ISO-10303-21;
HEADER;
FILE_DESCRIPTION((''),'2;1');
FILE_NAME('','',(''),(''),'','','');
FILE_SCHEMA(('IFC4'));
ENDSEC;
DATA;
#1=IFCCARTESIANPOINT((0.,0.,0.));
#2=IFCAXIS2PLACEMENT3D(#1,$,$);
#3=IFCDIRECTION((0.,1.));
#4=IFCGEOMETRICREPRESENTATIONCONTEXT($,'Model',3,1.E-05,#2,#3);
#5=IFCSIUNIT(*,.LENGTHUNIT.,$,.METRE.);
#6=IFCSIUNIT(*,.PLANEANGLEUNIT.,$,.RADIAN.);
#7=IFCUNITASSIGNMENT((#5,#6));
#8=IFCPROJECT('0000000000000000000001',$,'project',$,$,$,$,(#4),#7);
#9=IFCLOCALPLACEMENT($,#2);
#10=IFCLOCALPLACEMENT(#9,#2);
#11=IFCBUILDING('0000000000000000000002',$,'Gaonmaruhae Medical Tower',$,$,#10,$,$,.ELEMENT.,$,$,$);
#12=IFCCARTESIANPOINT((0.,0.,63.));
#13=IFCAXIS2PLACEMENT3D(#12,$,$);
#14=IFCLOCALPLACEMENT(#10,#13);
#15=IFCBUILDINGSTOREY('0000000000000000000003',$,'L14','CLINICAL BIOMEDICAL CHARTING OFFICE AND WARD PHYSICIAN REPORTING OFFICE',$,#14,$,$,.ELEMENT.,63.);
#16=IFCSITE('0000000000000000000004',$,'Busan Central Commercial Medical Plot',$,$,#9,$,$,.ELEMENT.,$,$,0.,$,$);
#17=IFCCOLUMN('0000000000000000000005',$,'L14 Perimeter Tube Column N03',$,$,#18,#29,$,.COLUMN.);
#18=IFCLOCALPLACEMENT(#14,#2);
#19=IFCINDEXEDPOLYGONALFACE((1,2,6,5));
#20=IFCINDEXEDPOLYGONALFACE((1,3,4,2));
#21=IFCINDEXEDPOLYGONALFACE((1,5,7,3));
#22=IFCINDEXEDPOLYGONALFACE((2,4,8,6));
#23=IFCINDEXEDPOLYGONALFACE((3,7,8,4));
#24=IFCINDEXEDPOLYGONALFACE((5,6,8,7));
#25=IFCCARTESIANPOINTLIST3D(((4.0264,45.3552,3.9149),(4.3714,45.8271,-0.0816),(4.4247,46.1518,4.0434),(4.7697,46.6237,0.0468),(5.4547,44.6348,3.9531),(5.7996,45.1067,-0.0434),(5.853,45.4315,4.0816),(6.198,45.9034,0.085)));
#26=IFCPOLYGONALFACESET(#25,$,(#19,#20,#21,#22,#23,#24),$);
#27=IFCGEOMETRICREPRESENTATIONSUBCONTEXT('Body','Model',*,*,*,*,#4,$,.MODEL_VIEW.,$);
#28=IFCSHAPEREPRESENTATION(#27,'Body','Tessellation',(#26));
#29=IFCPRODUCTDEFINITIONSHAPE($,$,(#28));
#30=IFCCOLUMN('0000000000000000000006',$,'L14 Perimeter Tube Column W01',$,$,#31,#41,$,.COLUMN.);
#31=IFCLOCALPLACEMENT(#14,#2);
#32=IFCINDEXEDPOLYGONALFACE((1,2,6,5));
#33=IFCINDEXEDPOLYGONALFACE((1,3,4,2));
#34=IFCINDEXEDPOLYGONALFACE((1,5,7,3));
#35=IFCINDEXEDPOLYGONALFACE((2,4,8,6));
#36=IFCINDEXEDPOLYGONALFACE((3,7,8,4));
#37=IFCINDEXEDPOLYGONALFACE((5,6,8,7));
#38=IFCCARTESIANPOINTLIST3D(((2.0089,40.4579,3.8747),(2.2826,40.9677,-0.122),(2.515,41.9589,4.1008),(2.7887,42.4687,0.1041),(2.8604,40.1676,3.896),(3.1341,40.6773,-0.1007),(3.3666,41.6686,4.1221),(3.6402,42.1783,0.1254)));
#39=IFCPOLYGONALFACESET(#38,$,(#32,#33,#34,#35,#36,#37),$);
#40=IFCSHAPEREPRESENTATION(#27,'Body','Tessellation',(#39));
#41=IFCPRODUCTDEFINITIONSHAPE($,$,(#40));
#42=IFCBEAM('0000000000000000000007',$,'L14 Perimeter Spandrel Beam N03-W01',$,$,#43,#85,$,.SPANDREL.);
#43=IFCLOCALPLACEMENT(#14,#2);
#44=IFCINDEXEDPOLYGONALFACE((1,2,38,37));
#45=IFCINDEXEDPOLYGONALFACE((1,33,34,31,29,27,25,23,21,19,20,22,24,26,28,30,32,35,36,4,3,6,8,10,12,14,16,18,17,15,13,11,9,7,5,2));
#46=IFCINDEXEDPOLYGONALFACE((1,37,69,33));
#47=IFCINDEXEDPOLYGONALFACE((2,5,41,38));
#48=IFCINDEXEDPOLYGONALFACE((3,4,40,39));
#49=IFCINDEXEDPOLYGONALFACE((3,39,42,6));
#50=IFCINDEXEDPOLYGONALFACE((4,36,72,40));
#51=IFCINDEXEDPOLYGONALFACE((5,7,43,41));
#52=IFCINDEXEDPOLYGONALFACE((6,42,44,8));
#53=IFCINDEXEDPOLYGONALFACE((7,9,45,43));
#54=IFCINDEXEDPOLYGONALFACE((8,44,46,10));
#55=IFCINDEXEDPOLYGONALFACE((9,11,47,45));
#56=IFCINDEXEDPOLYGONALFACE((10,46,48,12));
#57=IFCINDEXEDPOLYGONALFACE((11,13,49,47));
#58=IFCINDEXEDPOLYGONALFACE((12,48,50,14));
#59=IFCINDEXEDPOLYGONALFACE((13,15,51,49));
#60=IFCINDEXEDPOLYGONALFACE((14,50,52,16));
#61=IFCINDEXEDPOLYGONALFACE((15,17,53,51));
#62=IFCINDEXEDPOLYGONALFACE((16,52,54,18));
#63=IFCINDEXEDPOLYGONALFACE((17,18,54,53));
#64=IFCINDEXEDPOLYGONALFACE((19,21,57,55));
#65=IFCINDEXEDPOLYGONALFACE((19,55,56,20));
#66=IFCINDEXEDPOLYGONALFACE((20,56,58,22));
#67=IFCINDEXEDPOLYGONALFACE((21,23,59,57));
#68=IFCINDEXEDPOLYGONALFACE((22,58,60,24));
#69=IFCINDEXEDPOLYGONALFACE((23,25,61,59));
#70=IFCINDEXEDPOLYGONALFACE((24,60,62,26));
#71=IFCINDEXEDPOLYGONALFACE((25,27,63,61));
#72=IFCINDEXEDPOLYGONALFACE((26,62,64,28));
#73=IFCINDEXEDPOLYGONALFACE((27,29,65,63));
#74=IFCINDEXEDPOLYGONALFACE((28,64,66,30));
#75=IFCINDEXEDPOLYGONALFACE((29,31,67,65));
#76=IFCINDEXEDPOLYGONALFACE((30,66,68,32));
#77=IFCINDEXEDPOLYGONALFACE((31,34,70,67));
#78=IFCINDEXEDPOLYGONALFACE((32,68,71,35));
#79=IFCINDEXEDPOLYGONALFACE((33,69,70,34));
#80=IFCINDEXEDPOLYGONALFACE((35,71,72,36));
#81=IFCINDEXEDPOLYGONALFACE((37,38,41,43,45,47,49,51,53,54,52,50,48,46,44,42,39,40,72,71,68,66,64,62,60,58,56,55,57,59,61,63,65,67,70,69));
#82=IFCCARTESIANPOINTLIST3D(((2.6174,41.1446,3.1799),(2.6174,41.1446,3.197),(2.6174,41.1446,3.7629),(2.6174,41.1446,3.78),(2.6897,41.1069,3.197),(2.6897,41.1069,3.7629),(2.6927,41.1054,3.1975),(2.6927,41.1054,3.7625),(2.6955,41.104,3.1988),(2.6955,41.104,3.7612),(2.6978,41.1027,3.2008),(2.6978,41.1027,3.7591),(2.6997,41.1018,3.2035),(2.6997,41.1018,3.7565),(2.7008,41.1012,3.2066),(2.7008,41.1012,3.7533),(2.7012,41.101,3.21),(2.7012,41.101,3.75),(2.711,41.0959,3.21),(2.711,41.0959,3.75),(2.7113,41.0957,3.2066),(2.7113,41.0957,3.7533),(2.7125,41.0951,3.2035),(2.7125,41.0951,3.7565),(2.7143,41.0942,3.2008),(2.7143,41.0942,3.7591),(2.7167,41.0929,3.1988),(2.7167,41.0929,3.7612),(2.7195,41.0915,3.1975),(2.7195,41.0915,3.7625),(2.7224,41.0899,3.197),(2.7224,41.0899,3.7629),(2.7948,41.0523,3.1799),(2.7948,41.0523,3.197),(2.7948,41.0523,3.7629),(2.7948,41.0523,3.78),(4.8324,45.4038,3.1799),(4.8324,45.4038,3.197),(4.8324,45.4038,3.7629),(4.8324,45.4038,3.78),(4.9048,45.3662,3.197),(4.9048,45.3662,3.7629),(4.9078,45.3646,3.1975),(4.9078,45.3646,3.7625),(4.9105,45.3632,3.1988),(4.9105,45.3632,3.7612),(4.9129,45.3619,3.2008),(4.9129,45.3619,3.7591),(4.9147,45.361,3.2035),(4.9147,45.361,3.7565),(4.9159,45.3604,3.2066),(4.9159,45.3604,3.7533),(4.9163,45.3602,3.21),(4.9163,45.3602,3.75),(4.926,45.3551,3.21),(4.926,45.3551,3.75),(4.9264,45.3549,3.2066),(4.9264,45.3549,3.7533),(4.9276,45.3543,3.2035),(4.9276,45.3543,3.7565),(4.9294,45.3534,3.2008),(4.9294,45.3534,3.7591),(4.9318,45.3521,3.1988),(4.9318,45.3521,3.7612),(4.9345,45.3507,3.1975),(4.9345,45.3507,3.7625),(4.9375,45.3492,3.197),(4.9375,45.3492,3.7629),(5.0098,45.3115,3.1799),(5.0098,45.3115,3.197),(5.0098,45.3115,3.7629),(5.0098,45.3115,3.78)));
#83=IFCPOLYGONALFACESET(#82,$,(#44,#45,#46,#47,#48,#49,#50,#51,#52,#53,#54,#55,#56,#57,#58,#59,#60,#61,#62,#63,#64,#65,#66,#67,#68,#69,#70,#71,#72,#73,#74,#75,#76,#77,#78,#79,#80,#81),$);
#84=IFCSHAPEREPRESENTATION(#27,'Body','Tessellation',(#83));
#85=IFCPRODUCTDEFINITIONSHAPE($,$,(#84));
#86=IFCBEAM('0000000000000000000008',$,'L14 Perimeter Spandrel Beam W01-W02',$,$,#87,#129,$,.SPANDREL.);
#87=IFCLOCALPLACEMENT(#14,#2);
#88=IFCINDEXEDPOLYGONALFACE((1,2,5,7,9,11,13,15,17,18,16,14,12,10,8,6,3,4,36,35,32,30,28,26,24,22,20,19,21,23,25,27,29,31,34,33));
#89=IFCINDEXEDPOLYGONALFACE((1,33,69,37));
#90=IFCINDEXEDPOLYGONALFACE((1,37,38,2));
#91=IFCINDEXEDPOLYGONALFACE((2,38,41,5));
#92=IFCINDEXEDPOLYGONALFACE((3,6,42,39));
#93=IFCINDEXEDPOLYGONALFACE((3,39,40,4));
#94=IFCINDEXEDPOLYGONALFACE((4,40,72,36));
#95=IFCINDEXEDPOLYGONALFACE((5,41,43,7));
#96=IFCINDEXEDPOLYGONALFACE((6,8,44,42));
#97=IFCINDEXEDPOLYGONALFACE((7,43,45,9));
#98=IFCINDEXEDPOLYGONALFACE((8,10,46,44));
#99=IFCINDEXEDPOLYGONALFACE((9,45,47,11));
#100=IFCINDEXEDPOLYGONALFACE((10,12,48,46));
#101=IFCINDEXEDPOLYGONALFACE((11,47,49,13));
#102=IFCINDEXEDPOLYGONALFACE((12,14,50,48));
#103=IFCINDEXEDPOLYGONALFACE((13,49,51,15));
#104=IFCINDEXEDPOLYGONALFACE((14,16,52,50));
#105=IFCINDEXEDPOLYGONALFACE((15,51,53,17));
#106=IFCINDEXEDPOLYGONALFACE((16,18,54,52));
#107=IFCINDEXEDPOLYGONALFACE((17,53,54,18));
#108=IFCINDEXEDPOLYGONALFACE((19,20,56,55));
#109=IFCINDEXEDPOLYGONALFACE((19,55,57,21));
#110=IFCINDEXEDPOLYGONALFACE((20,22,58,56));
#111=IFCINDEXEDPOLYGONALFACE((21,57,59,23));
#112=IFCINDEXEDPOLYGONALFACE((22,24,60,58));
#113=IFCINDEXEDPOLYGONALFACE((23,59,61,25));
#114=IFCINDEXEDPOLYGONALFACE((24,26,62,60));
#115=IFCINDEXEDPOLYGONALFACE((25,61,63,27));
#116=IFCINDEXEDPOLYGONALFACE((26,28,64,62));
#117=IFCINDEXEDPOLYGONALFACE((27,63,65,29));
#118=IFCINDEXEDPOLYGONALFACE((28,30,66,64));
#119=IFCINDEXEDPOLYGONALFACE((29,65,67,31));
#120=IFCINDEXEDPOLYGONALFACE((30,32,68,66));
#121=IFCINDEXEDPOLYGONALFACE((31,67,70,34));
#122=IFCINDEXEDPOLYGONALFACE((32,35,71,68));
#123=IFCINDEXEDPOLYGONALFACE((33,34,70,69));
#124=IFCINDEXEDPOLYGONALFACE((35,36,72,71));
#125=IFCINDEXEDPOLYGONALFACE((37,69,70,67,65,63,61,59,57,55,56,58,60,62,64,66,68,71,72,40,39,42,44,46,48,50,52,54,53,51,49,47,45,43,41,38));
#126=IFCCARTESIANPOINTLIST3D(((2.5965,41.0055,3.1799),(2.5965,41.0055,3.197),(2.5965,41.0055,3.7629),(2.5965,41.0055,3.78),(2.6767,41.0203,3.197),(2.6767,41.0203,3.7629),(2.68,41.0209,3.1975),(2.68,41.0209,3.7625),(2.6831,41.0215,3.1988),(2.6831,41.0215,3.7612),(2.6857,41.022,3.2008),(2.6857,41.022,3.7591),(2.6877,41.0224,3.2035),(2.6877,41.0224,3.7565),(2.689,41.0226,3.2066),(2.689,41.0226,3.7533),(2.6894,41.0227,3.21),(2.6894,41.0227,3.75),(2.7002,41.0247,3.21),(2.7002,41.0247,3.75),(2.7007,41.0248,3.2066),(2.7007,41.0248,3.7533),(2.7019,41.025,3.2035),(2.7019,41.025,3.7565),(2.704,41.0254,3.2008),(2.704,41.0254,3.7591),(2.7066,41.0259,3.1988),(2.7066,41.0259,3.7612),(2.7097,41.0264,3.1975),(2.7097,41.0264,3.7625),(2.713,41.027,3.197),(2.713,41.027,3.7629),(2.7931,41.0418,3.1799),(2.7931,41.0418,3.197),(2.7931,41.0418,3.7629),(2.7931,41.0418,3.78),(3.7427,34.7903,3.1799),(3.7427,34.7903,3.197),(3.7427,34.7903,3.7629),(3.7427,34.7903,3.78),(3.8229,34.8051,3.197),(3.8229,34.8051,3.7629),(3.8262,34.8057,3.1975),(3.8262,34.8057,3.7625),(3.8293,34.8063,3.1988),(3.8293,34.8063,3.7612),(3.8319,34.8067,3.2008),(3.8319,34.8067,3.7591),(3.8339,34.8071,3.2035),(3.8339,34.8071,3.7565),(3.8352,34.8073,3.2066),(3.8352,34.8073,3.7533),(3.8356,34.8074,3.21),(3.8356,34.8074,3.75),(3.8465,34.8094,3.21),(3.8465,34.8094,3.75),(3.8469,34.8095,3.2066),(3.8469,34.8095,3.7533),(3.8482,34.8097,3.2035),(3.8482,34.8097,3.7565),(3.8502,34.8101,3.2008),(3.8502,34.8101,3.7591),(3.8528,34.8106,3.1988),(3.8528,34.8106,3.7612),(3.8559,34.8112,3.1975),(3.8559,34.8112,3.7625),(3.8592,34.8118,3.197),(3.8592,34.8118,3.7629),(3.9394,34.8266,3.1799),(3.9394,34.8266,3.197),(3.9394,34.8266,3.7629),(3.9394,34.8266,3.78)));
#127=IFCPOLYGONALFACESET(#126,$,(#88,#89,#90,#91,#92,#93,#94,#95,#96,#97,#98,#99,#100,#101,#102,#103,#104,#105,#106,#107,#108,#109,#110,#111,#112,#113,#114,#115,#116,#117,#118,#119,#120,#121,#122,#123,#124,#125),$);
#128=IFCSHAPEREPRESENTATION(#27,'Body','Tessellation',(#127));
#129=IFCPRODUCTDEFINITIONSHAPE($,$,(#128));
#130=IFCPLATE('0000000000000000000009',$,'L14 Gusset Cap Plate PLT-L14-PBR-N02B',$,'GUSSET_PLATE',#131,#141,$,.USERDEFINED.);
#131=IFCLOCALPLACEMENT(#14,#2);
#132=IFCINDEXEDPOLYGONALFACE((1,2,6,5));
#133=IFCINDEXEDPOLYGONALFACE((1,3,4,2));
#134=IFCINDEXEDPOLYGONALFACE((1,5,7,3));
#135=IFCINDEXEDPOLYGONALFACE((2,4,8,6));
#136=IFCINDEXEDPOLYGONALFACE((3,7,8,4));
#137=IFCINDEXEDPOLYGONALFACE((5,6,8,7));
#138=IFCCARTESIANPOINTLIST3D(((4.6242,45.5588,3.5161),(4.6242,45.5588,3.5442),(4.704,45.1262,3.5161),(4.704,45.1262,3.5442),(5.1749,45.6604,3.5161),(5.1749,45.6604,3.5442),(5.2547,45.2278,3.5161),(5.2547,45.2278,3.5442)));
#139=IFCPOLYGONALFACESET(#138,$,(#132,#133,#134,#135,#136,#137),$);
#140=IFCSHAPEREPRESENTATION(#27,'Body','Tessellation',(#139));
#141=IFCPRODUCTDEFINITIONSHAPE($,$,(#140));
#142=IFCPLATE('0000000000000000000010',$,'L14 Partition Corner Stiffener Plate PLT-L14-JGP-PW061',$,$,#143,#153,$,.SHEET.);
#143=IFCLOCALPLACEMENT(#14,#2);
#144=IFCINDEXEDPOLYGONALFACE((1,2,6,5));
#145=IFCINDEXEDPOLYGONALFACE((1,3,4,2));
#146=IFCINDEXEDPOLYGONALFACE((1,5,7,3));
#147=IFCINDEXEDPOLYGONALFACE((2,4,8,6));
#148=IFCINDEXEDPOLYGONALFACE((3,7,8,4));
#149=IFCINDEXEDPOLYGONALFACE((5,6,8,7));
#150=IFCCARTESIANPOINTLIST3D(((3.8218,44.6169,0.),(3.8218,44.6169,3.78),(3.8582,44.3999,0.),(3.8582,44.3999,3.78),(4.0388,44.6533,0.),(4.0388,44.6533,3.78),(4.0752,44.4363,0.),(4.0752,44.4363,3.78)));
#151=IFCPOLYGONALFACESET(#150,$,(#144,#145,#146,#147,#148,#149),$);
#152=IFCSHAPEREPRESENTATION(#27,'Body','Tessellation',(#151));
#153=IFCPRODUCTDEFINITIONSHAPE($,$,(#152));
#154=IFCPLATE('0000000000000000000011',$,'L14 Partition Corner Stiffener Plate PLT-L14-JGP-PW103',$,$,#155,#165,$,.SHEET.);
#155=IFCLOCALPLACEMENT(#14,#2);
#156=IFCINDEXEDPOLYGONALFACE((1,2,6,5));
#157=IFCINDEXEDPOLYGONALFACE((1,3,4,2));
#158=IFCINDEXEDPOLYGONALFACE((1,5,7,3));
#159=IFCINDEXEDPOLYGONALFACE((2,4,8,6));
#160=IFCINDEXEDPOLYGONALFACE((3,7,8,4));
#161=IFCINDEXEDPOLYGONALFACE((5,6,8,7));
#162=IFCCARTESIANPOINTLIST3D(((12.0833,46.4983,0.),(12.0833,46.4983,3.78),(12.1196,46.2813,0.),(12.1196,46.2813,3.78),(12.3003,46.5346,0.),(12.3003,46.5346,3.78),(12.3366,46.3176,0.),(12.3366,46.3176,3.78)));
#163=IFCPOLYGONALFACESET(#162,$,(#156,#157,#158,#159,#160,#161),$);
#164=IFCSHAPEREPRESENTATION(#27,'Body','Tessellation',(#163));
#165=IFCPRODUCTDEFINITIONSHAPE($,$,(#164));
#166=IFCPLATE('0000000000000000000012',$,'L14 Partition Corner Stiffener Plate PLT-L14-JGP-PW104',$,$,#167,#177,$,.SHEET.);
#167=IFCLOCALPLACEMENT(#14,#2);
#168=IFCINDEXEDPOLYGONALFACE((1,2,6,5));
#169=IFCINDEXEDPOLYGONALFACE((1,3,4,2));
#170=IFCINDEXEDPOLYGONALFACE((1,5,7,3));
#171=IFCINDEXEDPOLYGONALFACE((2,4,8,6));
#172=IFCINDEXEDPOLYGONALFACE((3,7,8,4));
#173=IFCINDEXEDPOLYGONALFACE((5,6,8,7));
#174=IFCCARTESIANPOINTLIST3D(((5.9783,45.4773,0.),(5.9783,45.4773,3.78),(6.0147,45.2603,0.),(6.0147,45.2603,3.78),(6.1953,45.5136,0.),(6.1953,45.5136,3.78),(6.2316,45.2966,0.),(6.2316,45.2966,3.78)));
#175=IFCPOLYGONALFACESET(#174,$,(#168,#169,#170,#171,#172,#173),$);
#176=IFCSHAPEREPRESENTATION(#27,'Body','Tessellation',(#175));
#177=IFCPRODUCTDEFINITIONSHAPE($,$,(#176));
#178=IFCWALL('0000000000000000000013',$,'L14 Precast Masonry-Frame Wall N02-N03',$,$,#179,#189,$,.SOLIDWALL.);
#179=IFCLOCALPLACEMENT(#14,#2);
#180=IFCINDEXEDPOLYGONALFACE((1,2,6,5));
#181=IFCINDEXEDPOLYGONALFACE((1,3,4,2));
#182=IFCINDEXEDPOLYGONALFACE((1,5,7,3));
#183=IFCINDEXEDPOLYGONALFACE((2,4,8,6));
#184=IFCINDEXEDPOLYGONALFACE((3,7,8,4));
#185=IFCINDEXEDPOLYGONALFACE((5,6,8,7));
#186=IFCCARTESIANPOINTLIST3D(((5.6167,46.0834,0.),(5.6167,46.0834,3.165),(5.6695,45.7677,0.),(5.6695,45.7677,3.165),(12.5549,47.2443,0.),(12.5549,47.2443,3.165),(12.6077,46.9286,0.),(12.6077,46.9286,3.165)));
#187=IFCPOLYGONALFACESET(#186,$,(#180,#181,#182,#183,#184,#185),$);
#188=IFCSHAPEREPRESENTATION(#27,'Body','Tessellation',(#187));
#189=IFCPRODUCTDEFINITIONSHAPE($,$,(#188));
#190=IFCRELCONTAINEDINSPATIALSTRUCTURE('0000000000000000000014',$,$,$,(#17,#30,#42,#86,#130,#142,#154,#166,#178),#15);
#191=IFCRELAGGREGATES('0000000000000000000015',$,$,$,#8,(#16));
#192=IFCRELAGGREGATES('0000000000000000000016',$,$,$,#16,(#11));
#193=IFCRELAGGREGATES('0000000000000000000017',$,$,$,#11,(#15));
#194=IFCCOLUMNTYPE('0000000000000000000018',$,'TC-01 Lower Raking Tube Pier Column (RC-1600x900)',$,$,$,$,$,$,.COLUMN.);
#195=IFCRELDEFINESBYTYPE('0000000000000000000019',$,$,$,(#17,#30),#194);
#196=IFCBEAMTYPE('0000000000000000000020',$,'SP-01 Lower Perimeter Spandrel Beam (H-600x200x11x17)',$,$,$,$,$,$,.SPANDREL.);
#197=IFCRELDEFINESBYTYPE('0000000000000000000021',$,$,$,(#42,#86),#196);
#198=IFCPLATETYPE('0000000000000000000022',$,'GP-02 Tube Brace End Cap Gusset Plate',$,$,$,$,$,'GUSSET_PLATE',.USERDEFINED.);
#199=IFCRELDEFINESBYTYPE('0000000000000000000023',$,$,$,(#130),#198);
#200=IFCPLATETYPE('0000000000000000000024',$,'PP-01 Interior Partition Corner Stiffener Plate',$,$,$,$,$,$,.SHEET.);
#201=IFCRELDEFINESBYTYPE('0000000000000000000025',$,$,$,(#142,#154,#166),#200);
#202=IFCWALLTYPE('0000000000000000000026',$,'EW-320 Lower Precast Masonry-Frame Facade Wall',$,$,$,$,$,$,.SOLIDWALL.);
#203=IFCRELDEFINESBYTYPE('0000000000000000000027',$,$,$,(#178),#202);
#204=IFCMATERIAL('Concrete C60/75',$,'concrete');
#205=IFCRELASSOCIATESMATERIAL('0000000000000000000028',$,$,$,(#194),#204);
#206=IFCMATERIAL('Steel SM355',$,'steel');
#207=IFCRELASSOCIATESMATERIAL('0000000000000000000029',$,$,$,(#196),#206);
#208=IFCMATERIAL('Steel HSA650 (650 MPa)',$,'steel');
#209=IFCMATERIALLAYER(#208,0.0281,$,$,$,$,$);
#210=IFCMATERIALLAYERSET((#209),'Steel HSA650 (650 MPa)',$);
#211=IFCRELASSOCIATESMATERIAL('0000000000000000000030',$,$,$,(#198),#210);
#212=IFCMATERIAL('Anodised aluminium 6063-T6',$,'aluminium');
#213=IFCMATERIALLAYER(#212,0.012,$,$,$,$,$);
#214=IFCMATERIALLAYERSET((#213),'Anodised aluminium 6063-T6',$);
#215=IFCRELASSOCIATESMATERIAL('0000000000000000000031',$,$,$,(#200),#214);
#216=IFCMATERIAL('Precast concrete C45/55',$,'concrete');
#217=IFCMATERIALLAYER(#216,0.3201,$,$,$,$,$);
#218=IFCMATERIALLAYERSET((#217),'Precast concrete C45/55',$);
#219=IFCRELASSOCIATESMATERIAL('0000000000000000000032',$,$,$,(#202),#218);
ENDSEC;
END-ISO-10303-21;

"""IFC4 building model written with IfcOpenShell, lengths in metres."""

from ifc_helpers import new_model, si_unit, direction, frame, frame_2d, origin, origin_2d, place, context, subcontext, project, spatial, rectangle, i_section, extrude, material, layer, layer_set, material_profile, profile_set, type_object, element, save


model = new_model("IFC4")

# Units and contexts
model_context = context("Model", 3, precision=1e-05, world=origin(), true_north=direction((0.0, 1.0)))
body_context = subcontext(model_context, "Body", "Model", "MODEL_VIEW")
ifc_project = project(units=[si_unit("LENGTHUNIT", "METRE"), si_unit("PLANEANGLEUNIT", "RADIAN")], contexts=[model_context])

# Site, building, storey
site_placement = place(None, origin())
site = spatial("IfcSite", under=ifc_project, at=site_placement, Name="Busan Central Commercial Medical Plot", CompositionType="ELEMENT", RefElevation=0.0)
building_placement = place(site_placement, origin())
building = spatial("IfcBuilding", under=site, at=building_placement, Name="Gaonmaruhae Medical Tower", CompositionType="ELEMENT")
storey_placement = place(building_placement, frame((0.0, 0.0, 63.0)))
storey = spatial("IfcBuildingStorey", under=building, at=storey_placement, Name="L14", Description="CLINICAL BIOMEDICAL CHARTING OFFICE AND WARD PHYSICIAN REPORTING OFFICE", CompositionType="ELEMENT", Elevation=63.0)

# Columns
ifc_material_1 = material(Name="Concrete C60/75", Category="concrete")
ifc_material_profile_1 = material_profile(ifc_material_1, rectangle(XDim=1.6001, YDim=0.8999, at=origin_2d()), Name="RC-1600x900")
ifc_profile_set_1 = profile_set([ifc_material_profile_1], Name="Concrete C60/75")
column_type = type_object("IfcColumnType", Name="TC-01 Lower Raking Tube Pier Column (RC-1600x900)", PredefinedType="COLUMN", material=ifc_profile_set_1)
column_1_placement = place(storey_placement, frame((5.2847, 45.8652, 0.0017), z_axis=(-0.085408, -0.116839, 0.989472), x_axis=(0.89261, -0.450197, 0.023887)))
element("IfcColumn", 1, at=column_1_placement, inside=storey, type_object=column_type, Name="L14 Perimeter Tube Column N03", PredefinedType="COLUMN", context=body_context, shape_type="SweptSolid", body=[
    extrude(rectangle(XDim=1.6001, YDim=0.8999, at=origin_2d()), origin(), (0.0, 0.0, 1.0), 4.0391),
])
column_2_placement = place(storey_placement, frame((2.9614, 41.573, 0.0017), z_axis=(-0.067772, -0.126234, 0.989683), x_axis=(0.316301, 0.938075, 0.141312)))
element("IfcColumn", 2, at=column_2_placement, inside=storey, type_object=column_type, Name="L14 Perimeter Tube Column W01", PredefinedType="COLUMN", context=body_context, shape_type="SweptSolid", body=[
    extrude(rectangle(XDim=1.6001, YDim=0.8999, at=origin_2d()), origin(), (0.0, 0.0, 1.0), 4.0383),
])

# Beams
ifc_material_2 = material(Name="Steel SM355", Category="steel")
ifc_material_profile_2 = material_profile(ifc_material_2, i_section(OverallWidth=0.2, OverallDepth=0.6001, WebThickness=0.011, FlangeThickness=0.0171, FilletRadius=0.0129, at=origin_2d()), Name="H-600x200x11x17")
ifc_profile_set_2 = profile_set([ifc_material_profile_2], Name="Steel SM355")
beam_type = type_object("IfcBeamType", Name="SP-01 Lower Perimeter Spandrel Beam (H-600x200x11x17)", PredefinedType="SPANDREL", material=ifc_profile_set_2)
beam_1_placement = place(storey_placement, frame((4.9211, 45.3577, 3.48), z_axis=(-0.461396, -0.887194, 0.0), x_axis=(0.887194, -0.461396, 0.0)))
element("IfcBeam", 3, at=beam_1_placement, inside=storey, type_object=beam_type, Name="L14 Perimeter Spandrel Beam N03-W01", PredefinedType="SPANDREL", context=body_context, shape_type="SweptSolid", body=[
    extrude(i_section(OverallWidth=0.2, OverallDepth=0.6001, WebThickness=0.011, FlangeThickness=0.0171, FilletRadius=0.0129, at=origin_2d()), origin(), (0.0, 0.0, 1.0), 4.8008),
])
beam_2_placement = place(storey_placement, frame((2.6948, 41.0237, 3.48), z_axis=(0.181363, -0.983416, 0.0), x_axis=(0.983416, 0.181363, 0.0)))
element("IfcBeam", 4, at=beam_2_placement, inside=storey, type_object=beam_type, Name="L14 Perimeter Spandrel Beam W01-W02", PredefinedType="SPANDREL", context=body_context, shape_type="SweptSolid", body=[
    extrude(i_section(OverallWidth=0.2, OverallDepth=0.6001, WebThickness=0.011, FlangeThickness=0.0171, FilletRadius=0.0129, at=origin_2d()), origin(), (0.0, 0.0, 1.0), 6.3201),
])

# Plates
ifc_material_3 = material(Name="Steel HSA650 (650 MPa)", Category="steel")
ifc_layer_1 = layer(ifc_material_3, 0.0281)
ifc_layer_set_1 = layer_set([ifc_layer_1], Name="Steel HSA650 (650 MPa)")
plate_type_1 = type_object("IfcPlateType", Name="GP-02 Tube Brace End Cap Gusset Plate", ElementType="GUSSET_PLATE", PredefinedType="USERDEFINED", material=ifc_layer_set_1)
plate_placement = place(storey_placement, frame((4.9395, 45.3933, 3.5161), z_axis=(0.0, 0.0, 1.0), x_axis=(0.983414, 0.181377, 0.0)))
element("IfcPlate", 5, at=plate_placement, inside=storey, type_object=plate_type_1, Name="L14 Gusset Cap Plate PLT-L14-PBR-N02B", ObjectType="GUSSET_PLATE", PredefinedType="USERDEFINED", context=body_context, shape_type="SweptSolid", body=[
    extrude(rectangle(XDim=0.5601, YDim=0.4399, at=origin_2d()), origin(), (0.0, 0.0, 1.0), 0.0281),
])
ifc_material_4 = material(Name="Anodised aluminium 6063-T6", Category="aluminium")
ifc_layer_2 = layer(ifc_material_4, 0.012)
ifc_layer_set_2 = layer_set([ifc_layer_2], Name="Anodised aluminium 6063-T6")
plate_type_2 = type_object("IfcPlateType", Name="PP-01 Interior Partition Corner Stiffener Plate", PredefinedType="SHEET", material=ifc_layer_set_2)
for number, where, z_axis, x_axis, name in (
    (6, (3.9485, 44.5266, 0.0), (0.0, 0.0, 1.0), (0.986208, 0.165512, 0.0), "L14 Partition Corner Stiffener Plate PLT-L14-JGP-PW061"),
    (7, (12.21, 46.408, 0.0), (0.0, 0.0, 1.0), (0.165082, -0.98628, 0.0), "L14 Partition Corner Stiffener Plate PLT-L14-JGP-PW103"),
    (8, (6.105, 45.387, 0.0), (0.0, 0.0, 1.0), (-0.165082, 0.98628, 0.0), "L14 Partition Corner Stiffener Plate PLT-L14-JGP-PW104"),
):
    element("IfcPlate", number, at=place(storey_placement, frame(where, z_axis=z_axis, x_axis=x_axis)), inside=storey, type_object=plate_type_2, Name=name, PredefinedType="SHEET", context=body_context, shape_type="SweptSolid", body=[
        extrude(rectangle(XDim=0.22, YDim=0.22, at=origin_2d()), origin(), (0.0, 0.0, 1.0), 3.78),
    ])

# Wall
ifc_material_5 = material(Name="Precast concrete C45/55", Category="concrete")
ifc_layer_3 = layer(ifc_material_5, 0.3201)
ifc_layer_set_3 = layer_set([ifc_layer_3], Name="Precast concrete C45/55")
wall_type_1 = type_object("IfcWallType", Name="EW-320 Lower Precast Masonry-Frame Facade Wall", PredefinedType="SOLIDWALL", material=ifc_layer_set_3)
wall_1_placement = place(storey_placement, frame((5.6431, 45.9255, 0.0), z_axis=(0.0, 0.0, 1.0), x_axis=(0.98629, 0.165024, 0.0)))
element("IfcWall", 9, at=wall_1_placement, inside=storey, type_object=wall_type_1, Name="L14 Precast Masonry-Frame Wall N02-N03", PredefinedType="SOLIDWALL", context=body_context, shape_type="SweptSolid", body=[
    extrude(rectangle(XDim=7.0347, YDim=0.3201, at=frame_2d((3.5173, 0.0))), origin(), (0.0, 0.0, 1.0), 3.165),
])

save(model, "model.ifc")
